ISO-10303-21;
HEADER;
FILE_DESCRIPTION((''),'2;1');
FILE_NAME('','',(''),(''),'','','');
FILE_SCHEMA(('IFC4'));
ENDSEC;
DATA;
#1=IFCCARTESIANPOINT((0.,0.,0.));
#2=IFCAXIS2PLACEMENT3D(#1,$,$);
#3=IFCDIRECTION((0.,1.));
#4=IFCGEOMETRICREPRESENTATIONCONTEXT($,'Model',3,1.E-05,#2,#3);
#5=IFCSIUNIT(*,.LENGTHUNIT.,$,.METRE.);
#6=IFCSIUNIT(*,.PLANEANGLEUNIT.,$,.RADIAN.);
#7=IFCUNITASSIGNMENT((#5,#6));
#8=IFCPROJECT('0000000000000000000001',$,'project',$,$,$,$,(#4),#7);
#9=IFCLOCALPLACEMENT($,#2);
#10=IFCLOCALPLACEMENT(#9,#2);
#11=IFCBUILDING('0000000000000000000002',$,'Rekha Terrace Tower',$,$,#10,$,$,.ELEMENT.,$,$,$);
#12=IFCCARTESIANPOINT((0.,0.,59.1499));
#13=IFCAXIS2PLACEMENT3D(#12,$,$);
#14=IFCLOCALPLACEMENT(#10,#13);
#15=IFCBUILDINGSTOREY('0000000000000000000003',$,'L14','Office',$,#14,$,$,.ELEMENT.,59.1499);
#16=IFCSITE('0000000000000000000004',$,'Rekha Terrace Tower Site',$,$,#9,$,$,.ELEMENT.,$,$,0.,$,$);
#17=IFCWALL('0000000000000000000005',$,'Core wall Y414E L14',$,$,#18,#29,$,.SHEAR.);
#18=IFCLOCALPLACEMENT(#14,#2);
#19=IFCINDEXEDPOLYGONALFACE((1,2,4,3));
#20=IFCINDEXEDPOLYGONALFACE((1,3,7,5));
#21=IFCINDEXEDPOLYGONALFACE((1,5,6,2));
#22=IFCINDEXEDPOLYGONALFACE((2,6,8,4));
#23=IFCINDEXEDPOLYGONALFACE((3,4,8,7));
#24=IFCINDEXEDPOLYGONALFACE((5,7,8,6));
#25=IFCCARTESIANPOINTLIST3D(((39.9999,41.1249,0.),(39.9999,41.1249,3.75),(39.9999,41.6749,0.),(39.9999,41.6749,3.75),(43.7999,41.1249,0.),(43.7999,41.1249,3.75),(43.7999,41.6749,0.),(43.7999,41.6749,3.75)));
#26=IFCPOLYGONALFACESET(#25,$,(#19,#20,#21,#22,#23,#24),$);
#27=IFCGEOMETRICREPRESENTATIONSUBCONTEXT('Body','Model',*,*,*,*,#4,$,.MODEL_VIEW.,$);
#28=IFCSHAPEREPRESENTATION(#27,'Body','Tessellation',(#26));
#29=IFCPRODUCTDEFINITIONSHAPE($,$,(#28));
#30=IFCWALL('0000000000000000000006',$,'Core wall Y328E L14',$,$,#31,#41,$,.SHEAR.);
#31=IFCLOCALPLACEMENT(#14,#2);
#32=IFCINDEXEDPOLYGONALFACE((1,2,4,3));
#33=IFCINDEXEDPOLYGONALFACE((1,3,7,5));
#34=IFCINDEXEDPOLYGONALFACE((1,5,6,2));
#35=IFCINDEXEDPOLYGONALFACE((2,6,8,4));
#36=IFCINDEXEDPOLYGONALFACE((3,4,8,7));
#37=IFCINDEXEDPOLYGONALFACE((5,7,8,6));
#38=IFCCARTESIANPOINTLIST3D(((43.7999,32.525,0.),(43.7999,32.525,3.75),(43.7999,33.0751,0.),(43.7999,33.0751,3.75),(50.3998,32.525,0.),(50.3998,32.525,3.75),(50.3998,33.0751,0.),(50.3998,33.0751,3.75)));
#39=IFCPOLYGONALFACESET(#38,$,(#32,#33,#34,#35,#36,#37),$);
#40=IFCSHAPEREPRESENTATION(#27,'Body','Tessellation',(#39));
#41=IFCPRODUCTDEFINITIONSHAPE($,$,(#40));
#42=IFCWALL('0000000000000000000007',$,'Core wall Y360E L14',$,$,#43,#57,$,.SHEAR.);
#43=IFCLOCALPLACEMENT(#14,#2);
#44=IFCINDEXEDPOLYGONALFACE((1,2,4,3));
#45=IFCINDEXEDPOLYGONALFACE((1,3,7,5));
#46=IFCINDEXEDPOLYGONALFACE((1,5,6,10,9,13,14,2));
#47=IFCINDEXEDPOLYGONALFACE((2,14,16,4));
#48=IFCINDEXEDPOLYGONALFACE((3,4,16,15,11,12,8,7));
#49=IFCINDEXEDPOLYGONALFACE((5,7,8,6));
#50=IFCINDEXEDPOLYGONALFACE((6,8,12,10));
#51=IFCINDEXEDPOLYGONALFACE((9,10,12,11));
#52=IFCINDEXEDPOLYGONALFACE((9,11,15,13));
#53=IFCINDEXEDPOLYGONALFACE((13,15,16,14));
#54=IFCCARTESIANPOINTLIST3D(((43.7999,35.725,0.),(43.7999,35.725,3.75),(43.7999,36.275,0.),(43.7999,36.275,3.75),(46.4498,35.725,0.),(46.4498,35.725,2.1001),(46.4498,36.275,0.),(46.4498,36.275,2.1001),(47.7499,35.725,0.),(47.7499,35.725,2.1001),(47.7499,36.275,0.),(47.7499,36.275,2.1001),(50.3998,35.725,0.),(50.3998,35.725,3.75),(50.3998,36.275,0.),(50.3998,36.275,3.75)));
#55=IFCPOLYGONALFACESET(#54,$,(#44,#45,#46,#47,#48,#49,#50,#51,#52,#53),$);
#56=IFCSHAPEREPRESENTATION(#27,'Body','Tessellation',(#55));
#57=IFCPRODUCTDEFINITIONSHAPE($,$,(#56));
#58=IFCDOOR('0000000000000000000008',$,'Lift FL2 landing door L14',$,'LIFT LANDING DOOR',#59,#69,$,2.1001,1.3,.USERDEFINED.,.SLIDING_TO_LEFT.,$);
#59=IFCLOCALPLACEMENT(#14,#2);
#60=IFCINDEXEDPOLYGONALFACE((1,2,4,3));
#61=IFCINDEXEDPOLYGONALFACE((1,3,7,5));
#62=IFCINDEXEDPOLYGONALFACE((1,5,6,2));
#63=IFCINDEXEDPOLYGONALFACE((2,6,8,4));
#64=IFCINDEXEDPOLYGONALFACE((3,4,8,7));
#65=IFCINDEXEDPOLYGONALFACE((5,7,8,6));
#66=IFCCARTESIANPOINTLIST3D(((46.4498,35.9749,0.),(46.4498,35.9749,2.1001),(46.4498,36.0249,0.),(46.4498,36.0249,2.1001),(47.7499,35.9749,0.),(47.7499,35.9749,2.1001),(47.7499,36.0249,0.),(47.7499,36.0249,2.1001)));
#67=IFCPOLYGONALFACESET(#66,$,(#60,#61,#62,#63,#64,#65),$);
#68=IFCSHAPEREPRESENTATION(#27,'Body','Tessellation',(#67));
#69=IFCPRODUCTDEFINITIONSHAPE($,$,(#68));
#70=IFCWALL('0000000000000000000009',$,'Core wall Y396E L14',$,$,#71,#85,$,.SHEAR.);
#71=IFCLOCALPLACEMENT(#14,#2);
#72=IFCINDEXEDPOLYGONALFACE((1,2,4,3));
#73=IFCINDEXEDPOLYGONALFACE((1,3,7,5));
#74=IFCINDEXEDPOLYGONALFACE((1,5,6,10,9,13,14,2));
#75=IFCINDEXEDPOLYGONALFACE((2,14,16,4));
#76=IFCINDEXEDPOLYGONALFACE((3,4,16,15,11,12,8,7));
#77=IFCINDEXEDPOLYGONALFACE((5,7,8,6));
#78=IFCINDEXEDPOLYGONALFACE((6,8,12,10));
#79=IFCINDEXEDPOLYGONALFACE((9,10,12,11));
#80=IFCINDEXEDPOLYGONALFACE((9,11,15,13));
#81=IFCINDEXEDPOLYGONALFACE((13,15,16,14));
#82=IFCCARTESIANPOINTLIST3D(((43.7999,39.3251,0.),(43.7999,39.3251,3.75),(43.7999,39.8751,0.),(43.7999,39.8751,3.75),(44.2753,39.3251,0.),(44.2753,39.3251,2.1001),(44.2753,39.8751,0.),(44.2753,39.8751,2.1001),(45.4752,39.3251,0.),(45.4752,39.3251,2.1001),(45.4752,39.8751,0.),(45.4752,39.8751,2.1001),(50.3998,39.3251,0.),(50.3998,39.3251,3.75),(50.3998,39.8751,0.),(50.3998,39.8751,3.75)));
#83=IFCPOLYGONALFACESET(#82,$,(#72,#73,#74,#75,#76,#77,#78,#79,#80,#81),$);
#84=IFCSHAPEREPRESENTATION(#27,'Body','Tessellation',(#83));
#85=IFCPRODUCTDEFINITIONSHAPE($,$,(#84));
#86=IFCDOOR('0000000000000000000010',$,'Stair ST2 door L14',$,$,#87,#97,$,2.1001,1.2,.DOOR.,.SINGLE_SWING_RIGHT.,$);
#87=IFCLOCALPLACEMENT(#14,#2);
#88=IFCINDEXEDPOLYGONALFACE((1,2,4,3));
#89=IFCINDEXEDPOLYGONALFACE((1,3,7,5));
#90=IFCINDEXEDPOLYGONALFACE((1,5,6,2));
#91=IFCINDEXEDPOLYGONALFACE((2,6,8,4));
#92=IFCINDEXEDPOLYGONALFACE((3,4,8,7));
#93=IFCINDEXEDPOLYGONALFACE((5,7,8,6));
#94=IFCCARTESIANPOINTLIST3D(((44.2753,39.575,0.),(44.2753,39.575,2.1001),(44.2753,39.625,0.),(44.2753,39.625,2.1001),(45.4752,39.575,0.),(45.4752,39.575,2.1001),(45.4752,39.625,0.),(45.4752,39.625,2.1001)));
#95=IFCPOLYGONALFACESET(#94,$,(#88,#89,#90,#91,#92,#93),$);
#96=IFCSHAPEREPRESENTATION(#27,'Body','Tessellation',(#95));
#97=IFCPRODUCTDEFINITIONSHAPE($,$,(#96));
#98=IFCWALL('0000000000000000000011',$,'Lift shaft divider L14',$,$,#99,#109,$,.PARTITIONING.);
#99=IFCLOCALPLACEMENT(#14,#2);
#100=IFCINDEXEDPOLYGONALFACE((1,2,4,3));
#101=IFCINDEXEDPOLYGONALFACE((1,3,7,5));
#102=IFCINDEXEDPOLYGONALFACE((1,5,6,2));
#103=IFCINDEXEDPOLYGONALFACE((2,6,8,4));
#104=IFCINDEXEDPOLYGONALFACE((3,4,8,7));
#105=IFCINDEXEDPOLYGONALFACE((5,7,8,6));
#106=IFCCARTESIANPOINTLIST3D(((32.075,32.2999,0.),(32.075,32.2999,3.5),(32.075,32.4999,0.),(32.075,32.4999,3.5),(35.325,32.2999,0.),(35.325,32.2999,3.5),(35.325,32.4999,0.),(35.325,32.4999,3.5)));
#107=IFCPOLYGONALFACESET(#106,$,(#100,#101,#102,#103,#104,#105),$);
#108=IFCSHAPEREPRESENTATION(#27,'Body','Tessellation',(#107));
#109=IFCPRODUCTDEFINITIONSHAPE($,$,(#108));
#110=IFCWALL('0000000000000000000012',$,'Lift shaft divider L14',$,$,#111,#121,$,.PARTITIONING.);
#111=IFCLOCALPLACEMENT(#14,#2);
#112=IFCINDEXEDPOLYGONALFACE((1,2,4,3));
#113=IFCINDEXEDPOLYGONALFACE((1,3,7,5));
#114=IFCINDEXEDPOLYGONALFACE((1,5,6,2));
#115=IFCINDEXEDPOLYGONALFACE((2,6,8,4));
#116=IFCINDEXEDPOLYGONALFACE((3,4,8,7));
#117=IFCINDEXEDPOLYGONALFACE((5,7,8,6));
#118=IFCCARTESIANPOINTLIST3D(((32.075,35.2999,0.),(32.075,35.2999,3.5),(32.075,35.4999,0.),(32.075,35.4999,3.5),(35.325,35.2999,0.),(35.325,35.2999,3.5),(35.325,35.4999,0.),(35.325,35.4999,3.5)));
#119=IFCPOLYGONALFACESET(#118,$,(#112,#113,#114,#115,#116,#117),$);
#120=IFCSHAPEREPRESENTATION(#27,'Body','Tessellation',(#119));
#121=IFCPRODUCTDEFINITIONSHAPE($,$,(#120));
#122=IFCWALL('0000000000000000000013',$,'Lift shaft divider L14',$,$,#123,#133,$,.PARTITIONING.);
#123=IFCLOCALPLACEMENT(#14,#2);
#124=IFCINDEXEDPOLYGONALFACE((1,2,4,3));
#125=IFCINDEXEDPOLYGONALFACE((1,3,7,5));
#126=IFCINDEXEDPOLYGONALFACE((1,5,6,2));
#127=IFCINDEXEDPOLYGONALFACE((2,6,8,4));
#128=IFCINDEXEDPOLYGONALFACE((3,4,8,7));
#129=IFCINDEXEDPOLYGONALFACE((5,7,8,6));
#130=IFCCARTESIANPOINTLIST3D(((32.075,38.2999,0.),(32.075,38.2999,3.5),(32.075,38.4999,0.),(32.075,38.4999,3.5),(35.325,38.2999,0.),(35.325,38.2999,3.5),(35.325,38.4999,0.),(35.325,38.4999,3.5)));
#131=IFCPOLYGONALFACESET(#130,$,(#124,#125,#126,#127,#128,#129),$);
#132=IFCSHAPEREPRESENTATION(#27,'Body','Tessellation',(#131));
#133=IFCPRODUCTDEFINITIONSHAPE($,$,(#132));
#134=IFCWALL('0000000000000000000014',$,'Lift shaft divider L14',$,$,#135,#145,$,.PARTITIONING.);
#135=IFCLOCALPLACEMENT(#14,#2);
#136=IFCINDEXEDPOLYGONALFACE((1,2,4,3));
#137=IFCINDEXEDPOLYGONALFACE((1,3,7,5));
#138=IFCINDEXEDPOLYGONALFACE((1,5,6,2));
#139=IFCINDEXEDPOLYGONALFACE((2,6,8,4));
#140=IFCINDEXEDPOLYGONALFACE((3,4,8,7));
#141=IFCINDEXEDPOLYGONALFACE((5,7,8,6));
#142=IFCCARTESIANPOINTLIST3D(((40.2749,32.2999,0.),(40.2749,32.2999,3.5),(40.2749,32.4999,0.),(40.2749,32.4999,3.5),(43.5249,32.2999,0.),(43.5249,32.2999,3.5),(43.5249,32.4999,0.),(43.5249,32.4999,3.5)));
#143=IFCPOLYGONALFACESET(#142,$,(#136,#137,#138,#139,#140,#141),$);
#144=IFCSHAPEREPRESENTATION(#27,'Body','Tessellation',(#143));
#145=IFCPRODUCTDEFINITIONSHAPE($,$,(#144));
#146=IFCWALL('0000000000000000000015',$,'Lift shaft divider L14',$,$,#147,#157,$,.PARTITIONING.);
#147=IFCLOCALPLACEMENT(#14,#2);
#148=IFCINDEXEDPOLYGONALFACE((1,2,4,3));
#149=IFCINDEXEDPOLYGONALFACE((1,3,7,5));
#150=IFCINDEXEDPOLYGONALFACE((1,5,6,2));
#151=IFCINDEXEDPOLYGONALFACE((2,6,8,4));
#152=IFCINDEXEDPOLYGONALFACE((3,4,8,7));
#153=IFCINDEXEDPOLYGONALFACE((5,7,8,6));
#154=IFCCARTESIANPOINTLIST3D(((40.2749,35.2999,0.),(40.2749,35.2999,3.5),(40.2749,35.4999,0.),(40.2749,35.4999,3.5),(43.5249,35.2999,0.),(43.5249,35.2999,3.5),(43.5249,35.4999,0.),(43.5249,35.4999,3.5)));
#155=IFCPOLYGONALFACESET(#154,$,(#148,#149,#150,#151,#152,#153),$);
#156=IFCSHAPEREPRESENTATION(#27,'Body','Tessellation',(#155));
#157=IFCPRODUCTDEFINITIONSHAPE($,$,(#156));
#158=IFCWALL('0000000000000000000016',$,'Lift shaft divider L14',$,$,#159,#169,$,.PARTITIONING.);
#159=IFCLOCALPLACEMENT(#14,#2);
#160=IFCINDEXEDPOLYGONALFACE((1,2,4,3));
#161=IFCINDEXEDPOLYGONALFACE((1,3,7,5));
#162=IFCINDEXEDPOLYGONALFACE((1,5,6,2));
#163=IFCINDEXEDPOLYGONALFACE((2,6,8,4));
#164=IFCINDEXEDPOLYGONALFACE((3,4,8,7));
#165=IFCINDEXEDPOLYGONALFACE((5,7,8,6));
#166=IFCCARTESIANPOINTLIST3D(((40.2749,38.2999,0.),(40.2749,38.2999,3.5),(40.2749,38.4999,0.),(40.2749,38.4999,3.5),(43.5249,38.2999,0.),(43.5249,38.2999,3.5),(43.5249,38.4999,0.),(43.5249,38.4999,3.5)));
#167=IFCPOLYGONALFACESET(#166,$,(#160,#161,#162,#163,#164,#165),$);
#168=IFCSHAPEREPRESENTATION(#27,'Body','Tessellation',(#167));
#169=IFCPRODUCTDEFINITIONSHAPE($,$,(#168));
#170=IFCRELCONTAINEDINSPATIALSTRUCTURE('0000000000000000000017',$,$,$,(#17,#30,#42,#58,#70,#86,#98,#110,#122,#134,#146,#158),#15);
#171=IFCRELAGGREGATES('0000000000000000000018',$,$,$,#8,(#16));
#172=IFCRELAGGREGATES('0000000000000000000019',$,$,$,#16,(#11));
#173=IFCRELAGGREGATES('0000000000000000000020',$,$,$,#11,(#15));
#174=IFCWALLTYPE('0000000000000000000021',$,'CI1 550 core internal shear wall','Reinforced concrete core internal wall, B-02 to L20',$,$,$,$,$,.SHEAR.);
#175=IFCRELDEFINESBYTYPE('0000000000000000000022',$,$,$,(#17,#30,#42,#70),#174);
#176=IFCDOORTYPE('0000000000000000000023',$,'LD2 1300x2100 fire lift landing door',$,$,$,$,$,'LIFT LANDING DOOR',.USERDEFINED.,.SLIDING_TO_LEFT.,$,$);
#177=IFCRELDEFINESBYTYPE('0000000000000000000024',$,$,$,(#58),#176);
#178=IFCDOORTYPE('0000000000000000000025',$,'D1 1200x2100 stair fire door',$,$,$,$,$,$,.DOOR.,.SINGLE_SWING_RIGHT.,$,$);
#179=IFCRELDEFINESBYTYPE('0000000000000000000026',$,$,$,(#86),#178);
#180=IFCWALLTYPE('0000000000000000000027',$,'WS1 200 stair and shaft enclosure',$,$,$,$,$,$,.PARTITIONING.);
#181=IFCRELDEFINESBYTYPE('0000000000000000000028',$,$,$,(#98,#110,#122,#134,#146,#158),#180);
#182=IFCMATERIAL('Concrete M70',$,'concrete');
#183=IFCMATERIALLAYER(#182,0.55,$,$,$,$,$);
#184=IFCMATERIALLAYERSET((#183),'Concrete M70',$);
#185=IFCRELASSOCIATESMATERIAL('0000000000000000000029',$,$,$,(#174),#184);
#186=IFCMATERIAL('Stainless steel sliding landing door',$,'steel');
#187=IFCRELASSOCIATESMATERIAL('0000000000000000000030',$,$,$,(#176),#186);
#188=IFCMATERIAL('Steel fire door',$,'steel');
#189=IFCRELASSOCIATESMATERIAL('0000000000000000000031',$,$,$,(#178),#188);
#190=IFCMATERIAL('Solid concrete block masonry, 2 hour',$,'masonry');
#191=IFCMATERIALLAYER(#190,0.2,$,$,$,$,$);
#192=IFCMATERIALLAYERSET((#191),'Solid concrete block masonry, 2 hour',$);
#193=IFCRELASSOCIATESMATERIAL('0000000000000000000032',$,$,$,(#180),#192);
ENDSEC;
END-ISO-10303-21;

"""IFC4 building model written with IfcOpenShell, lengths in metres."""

from ifc_helpers import new_model, si_unit, direction, frame, frame_2d, origin, place, context, subcontext, project, spatial, rectangle, extrude, material, layer, layer_set, type_object, element, fill, save


model = new_model("IFC4")

# Units and contexts
model_context = context("Model", 3, precision=1e-05, world=origin(), true_north=direction((0.0, 1.0)))
body_context = subcontext(model_context, "Body", "Model", "MODEL_VIEW")
ifc_project = project(units=[si_unit("LENGTHUNIT", "METRE"), si_unit("PLANEANGLEUNIT", "RADIAN")], contexts=[model_context])

# Site, building, storey
site_placement = place(None, origin())
site = spatial("IfcSite", under=ifc_project, at=site_placement, Name="Rekha Terrace Tower Site", CompositionType="ELEMENT", RefElevation=0.0)
building_placement = place(site_placement, origin())
building = spatial("IfcBuilding", under=site, at=building_placement, Name="Rekha Terrace Tower", CompositionType="ELEMENT")
storey_placement = place(building_placement, frame((0.0, 0.0, 59.1499)))
storey = spatial("IfcBuildingStorey", under=building, at=storey_placement, Name="L14", Description="Office", CompositionType="ELEMENT", Elevation=59.1499)

# Walls
ifc_material_1 = material(Name="Concrete M70", Category="concrete")
ifc_layer_1 = layer(ifc_material_1, 0.55)
ifc_layer_set_1 = layer_set([ifc_layer_1], Name="Concrete M70")
wall_type_1 = type_object("IfcWallType", Name="CI1 550 core internal shear wall", Description="Reinforced concrete core internal wall, B-02 to L20", PredefinedType="SHEAR", material=ifc_layer_set_1)
wall_1_placement = place(storey_placement, frame((40.0, 41.3999, 0.0), z_axis=(0.0, 0.0, 1.0), x_axis=(1.0, 0.0, 0.0)))
element("IfcWall", 1, at=wall_1_placement, inside=storey, type_object=wall_type_1, Name="Core wall Y414E L14", PredefinedType="SHEAR", context=body_context, shape_type="SweptSolid", body=[
    extrude(rectangle(XDim=3.8, YDim=0.55, at=frame_2d((1.8999, 0.0))), origin(), (0.0, 0.0, 1.0), 3.75),
])
wall_2_placement = place(storey_placement, frame((43.8, 32.8, 0.0), z_axis=(0.0, 0.0, 1.0), x_axis=(1.0, 0.0, 0.0)))
element("IfcWall", 2, at=wall_2_placement, inside=storey, type_object=wall_type_1, Name="Core wall Y328E L14", PredefinedType="SHEAR", context=body_context, shape_type="SweptSolid", body=[
    extrude(rectangle(XDim=6.5999, YDim=0.55, at=frame_2d((3.2998, 0.0))), origin(), (0.0, 0.0, 1.0), 3.75),
])

# Walls, openings, doors
wall_3_placement = place(storey_placement, frame((43.8, 36.0, 0.0), z_axis=(0.0, 0.0, 1.0), x_axis=(1.0, 0.0, 0.0)))
wall_3 = element("IfcWall", 3, at=wall_3_placement, inside=storey, type_object=wall_type_1, Name="Core wall Y360E L14", PredefinedType="SHEAR", context=body_context, shape_type="SweptSolid", body=[
    extrude(rectangle(XDim=6.5999, YDim=0.55, at=frame_2d((3.2998, 0.0))), origin(), (0.0, 0.0, 1.0), 3.75),
])
opening_1_placement = place(wall_3_placement, frame((2.6499, 0.0, 0.0)))
opening_1 = element("IfcOpeningElement", 4, at=opening_1_placement, cuts=wall_3, PredefinedType="OPENING", context=body_context, shape_type="SweptSolid", body=[
    extrude(rectangle(XDim=1.3, YDim=2.1001, at=frame_2d((0.6499, 1.05))), frame((0.0, 0.2849, 0.0), z_axis=(0.0, -1.0, 0.0), x_axis=(1.0, 0.0, 0.0)), (0.0, 0.0, 1.0), 0.5701),
])
ifc_material_2 = material(Name="Stainless steel sliding landing door", Category="steel")
door_type_1 = type_object("IfcDoorType", Name="LD2 1300x2100 fire lift landing door", ElementType="LIFT LANDING DOOR", OperationType="SLIDING_TO_LEFT", PredefinedType="USERDEFINED", material=ifc_material_2)
door_1_placement = place(opening_1_placement, origin())
door_1 = element("IfcDoor", 5, at=door_1_placement, inside=storey, type_object=door_type_1, Name="Lift FL2 landing door L14", ObjectType="LIFT LANDING DOOR", OperationType="SLIDING_TO_LEFT", OverallHeight=2.1001, OverallWidth=1.3, PredefinedType="USERDEFINED", context=body_context, shape_type="SweptSolid", body=[
    extrude(rectangle(XDim=1.3, YDim=2.1001, at=frame_2d((0.6499, 1.05))), frame((0.0, 0.0249, 0.0), z_axis=(0.0, -1.0, 0.0), x_axis=(1.0, 0.0, 0.0)), (0.0, 0.0, 1.0), 0.05),
])
fill(opening_1, door_1)
wall_4_placement = place(storey_placement, frame((43.8, 39.6001, 0.0), z_axis=(0.0, 0.0, 1.0), x_axis=(1.0, 0.0, 0.0)))
wall_4 = element("IfcWall", 6, at=wall_4_placement, inside=storey, type_object=wall_type_1, Name="Core wall Y396E L14", PredefinedType="SHEAR", context=body_context, shape_type="SweptSolid", body=[
    extrude(rectangle(XDim=6.5999, YDim=0.55, at=frame_2d((3.2998, 0.0))), origin(), (0.0, 0.0, 1.0), 3.75),
])
opening_2_placement = place(wall_4_placement, frame((0.4751, 0.0, 0.0)))
opening_2 = element("IfcOpeningElement", 7, at=opening_2_placement, cuts=wall_4, PredefinedType="OPENING", context=body_context, shape_type="SweptSolid", body=[
    extrude(rectangle(XDim=1.2, YDim=2.1001, at=frame_2d((0.6001, 1.05))), frame((0.0, 0.2849, 0.0), z_axis=(0.0, -1.0, 0.0), x_axis=(1.0, 0.0, 0.0)), (0.0, 0.0, 1.0), 0.5701),
])
ifc_material_3 = material(Name="Steel fire door", Category="steel")
door_type_2 = type_object("IfcDoorType", Name="D1 1200x2100 stair fire door", OperationType="SINGLE_SWING_RIGHT", PredefinedType="DOOR", material=ifc_material_3)
door_2_placement = place(opening_2_placement, origin())
door_2 = element("IfcDoor", 8, at=door_2_placement, inside=storey, type_object=door_type_2, Name="Stair ST2 door L14", OperationType="SINGLE_SWING_RIGHT", OverallHeight=2.1001, OverallWidth=1.2, PredefinedType="DOOR", context=body_context, shape_type="SweptSolid", body=[
    extrude(rectangle(XDim=1.2, YDim=2.1001, at=frame_2d((0.6001, 1.05))), frame((0.0, 0.0249, 0.0), z_axis=(0.0, -1.0, 0.0), x_axis=(1.0, 0.0, 0.0)), (0.0, 0.0, 1.0), 0.05),
])
fill(opening_2, door_2)

# Walls
ifc_material_4 = material(Name="Solid concrete block masonry, 2 hour", Category="masonry")
ifc_layer_2 = layer(ifc_material_4, 0.2)
ifc_layer_set_2 = layer_set([ifc_layer_2], Name="Solid concrete block masonry, 2 hour")
wall_type_2 = type_object("IfcWallType", Name="WS1 200 stair and shaft enclosure", PredefinedType="PARTITIONING", material=ifc_layer_set_2)
for number, where, z_axis, x_axis, name in (
    (9, (32.075, 32.3999, 0.0), (0.0, 0.0, 1.0), (1.0, 0.0, 0.0), "Lift shaft divider L14"),
    (10, (32.075, 35.3999, 0.0), (0.0, 0.0, 1.0), (1.0, 0.0, 0.0), "Lift shaft divider L14"),
    (11, (32.075, 38.3999, 0.0), (0.0, 0.0, 1.0), (1.0, 0.0, 0.0), "Lift shaft divider L14"),
    (12, (40.2749, 32.3999, 0.0), (0.0, 0.0, 1.0), (1.0, 0.0, 0.0), "Lift shaft divider L14"),
    (13, (40.2749, 35.3999, 0.0), (0.0, 0.0, 1.0), (1.0, 0.0, 0.0), "Lift shaft divider L14"),
    (14, (40.2749, 38.3999, 0.0), (0.0, 0.0, 1.0), (1.0, 0.0, 0.0), "Lift shaft divider L14"),
):
    element("IfcWall", number, at=place(storey_placement, frame(where, z_axis=z_axis, x_axis=x_axis)), inside=storey, type_object=wall_type_2, Name=name, PredefinedType="PARTITIONING", context=body_context, shape_type="SweptSolid", body=[
        extrude(rectangle(XDim=3.25, YDim=0.2, at=frame_2d((1.625, 0.0))), origin(), (0.0, 0.0, 1.0), 3.5),
    ])

save(model, "model.ifc")
